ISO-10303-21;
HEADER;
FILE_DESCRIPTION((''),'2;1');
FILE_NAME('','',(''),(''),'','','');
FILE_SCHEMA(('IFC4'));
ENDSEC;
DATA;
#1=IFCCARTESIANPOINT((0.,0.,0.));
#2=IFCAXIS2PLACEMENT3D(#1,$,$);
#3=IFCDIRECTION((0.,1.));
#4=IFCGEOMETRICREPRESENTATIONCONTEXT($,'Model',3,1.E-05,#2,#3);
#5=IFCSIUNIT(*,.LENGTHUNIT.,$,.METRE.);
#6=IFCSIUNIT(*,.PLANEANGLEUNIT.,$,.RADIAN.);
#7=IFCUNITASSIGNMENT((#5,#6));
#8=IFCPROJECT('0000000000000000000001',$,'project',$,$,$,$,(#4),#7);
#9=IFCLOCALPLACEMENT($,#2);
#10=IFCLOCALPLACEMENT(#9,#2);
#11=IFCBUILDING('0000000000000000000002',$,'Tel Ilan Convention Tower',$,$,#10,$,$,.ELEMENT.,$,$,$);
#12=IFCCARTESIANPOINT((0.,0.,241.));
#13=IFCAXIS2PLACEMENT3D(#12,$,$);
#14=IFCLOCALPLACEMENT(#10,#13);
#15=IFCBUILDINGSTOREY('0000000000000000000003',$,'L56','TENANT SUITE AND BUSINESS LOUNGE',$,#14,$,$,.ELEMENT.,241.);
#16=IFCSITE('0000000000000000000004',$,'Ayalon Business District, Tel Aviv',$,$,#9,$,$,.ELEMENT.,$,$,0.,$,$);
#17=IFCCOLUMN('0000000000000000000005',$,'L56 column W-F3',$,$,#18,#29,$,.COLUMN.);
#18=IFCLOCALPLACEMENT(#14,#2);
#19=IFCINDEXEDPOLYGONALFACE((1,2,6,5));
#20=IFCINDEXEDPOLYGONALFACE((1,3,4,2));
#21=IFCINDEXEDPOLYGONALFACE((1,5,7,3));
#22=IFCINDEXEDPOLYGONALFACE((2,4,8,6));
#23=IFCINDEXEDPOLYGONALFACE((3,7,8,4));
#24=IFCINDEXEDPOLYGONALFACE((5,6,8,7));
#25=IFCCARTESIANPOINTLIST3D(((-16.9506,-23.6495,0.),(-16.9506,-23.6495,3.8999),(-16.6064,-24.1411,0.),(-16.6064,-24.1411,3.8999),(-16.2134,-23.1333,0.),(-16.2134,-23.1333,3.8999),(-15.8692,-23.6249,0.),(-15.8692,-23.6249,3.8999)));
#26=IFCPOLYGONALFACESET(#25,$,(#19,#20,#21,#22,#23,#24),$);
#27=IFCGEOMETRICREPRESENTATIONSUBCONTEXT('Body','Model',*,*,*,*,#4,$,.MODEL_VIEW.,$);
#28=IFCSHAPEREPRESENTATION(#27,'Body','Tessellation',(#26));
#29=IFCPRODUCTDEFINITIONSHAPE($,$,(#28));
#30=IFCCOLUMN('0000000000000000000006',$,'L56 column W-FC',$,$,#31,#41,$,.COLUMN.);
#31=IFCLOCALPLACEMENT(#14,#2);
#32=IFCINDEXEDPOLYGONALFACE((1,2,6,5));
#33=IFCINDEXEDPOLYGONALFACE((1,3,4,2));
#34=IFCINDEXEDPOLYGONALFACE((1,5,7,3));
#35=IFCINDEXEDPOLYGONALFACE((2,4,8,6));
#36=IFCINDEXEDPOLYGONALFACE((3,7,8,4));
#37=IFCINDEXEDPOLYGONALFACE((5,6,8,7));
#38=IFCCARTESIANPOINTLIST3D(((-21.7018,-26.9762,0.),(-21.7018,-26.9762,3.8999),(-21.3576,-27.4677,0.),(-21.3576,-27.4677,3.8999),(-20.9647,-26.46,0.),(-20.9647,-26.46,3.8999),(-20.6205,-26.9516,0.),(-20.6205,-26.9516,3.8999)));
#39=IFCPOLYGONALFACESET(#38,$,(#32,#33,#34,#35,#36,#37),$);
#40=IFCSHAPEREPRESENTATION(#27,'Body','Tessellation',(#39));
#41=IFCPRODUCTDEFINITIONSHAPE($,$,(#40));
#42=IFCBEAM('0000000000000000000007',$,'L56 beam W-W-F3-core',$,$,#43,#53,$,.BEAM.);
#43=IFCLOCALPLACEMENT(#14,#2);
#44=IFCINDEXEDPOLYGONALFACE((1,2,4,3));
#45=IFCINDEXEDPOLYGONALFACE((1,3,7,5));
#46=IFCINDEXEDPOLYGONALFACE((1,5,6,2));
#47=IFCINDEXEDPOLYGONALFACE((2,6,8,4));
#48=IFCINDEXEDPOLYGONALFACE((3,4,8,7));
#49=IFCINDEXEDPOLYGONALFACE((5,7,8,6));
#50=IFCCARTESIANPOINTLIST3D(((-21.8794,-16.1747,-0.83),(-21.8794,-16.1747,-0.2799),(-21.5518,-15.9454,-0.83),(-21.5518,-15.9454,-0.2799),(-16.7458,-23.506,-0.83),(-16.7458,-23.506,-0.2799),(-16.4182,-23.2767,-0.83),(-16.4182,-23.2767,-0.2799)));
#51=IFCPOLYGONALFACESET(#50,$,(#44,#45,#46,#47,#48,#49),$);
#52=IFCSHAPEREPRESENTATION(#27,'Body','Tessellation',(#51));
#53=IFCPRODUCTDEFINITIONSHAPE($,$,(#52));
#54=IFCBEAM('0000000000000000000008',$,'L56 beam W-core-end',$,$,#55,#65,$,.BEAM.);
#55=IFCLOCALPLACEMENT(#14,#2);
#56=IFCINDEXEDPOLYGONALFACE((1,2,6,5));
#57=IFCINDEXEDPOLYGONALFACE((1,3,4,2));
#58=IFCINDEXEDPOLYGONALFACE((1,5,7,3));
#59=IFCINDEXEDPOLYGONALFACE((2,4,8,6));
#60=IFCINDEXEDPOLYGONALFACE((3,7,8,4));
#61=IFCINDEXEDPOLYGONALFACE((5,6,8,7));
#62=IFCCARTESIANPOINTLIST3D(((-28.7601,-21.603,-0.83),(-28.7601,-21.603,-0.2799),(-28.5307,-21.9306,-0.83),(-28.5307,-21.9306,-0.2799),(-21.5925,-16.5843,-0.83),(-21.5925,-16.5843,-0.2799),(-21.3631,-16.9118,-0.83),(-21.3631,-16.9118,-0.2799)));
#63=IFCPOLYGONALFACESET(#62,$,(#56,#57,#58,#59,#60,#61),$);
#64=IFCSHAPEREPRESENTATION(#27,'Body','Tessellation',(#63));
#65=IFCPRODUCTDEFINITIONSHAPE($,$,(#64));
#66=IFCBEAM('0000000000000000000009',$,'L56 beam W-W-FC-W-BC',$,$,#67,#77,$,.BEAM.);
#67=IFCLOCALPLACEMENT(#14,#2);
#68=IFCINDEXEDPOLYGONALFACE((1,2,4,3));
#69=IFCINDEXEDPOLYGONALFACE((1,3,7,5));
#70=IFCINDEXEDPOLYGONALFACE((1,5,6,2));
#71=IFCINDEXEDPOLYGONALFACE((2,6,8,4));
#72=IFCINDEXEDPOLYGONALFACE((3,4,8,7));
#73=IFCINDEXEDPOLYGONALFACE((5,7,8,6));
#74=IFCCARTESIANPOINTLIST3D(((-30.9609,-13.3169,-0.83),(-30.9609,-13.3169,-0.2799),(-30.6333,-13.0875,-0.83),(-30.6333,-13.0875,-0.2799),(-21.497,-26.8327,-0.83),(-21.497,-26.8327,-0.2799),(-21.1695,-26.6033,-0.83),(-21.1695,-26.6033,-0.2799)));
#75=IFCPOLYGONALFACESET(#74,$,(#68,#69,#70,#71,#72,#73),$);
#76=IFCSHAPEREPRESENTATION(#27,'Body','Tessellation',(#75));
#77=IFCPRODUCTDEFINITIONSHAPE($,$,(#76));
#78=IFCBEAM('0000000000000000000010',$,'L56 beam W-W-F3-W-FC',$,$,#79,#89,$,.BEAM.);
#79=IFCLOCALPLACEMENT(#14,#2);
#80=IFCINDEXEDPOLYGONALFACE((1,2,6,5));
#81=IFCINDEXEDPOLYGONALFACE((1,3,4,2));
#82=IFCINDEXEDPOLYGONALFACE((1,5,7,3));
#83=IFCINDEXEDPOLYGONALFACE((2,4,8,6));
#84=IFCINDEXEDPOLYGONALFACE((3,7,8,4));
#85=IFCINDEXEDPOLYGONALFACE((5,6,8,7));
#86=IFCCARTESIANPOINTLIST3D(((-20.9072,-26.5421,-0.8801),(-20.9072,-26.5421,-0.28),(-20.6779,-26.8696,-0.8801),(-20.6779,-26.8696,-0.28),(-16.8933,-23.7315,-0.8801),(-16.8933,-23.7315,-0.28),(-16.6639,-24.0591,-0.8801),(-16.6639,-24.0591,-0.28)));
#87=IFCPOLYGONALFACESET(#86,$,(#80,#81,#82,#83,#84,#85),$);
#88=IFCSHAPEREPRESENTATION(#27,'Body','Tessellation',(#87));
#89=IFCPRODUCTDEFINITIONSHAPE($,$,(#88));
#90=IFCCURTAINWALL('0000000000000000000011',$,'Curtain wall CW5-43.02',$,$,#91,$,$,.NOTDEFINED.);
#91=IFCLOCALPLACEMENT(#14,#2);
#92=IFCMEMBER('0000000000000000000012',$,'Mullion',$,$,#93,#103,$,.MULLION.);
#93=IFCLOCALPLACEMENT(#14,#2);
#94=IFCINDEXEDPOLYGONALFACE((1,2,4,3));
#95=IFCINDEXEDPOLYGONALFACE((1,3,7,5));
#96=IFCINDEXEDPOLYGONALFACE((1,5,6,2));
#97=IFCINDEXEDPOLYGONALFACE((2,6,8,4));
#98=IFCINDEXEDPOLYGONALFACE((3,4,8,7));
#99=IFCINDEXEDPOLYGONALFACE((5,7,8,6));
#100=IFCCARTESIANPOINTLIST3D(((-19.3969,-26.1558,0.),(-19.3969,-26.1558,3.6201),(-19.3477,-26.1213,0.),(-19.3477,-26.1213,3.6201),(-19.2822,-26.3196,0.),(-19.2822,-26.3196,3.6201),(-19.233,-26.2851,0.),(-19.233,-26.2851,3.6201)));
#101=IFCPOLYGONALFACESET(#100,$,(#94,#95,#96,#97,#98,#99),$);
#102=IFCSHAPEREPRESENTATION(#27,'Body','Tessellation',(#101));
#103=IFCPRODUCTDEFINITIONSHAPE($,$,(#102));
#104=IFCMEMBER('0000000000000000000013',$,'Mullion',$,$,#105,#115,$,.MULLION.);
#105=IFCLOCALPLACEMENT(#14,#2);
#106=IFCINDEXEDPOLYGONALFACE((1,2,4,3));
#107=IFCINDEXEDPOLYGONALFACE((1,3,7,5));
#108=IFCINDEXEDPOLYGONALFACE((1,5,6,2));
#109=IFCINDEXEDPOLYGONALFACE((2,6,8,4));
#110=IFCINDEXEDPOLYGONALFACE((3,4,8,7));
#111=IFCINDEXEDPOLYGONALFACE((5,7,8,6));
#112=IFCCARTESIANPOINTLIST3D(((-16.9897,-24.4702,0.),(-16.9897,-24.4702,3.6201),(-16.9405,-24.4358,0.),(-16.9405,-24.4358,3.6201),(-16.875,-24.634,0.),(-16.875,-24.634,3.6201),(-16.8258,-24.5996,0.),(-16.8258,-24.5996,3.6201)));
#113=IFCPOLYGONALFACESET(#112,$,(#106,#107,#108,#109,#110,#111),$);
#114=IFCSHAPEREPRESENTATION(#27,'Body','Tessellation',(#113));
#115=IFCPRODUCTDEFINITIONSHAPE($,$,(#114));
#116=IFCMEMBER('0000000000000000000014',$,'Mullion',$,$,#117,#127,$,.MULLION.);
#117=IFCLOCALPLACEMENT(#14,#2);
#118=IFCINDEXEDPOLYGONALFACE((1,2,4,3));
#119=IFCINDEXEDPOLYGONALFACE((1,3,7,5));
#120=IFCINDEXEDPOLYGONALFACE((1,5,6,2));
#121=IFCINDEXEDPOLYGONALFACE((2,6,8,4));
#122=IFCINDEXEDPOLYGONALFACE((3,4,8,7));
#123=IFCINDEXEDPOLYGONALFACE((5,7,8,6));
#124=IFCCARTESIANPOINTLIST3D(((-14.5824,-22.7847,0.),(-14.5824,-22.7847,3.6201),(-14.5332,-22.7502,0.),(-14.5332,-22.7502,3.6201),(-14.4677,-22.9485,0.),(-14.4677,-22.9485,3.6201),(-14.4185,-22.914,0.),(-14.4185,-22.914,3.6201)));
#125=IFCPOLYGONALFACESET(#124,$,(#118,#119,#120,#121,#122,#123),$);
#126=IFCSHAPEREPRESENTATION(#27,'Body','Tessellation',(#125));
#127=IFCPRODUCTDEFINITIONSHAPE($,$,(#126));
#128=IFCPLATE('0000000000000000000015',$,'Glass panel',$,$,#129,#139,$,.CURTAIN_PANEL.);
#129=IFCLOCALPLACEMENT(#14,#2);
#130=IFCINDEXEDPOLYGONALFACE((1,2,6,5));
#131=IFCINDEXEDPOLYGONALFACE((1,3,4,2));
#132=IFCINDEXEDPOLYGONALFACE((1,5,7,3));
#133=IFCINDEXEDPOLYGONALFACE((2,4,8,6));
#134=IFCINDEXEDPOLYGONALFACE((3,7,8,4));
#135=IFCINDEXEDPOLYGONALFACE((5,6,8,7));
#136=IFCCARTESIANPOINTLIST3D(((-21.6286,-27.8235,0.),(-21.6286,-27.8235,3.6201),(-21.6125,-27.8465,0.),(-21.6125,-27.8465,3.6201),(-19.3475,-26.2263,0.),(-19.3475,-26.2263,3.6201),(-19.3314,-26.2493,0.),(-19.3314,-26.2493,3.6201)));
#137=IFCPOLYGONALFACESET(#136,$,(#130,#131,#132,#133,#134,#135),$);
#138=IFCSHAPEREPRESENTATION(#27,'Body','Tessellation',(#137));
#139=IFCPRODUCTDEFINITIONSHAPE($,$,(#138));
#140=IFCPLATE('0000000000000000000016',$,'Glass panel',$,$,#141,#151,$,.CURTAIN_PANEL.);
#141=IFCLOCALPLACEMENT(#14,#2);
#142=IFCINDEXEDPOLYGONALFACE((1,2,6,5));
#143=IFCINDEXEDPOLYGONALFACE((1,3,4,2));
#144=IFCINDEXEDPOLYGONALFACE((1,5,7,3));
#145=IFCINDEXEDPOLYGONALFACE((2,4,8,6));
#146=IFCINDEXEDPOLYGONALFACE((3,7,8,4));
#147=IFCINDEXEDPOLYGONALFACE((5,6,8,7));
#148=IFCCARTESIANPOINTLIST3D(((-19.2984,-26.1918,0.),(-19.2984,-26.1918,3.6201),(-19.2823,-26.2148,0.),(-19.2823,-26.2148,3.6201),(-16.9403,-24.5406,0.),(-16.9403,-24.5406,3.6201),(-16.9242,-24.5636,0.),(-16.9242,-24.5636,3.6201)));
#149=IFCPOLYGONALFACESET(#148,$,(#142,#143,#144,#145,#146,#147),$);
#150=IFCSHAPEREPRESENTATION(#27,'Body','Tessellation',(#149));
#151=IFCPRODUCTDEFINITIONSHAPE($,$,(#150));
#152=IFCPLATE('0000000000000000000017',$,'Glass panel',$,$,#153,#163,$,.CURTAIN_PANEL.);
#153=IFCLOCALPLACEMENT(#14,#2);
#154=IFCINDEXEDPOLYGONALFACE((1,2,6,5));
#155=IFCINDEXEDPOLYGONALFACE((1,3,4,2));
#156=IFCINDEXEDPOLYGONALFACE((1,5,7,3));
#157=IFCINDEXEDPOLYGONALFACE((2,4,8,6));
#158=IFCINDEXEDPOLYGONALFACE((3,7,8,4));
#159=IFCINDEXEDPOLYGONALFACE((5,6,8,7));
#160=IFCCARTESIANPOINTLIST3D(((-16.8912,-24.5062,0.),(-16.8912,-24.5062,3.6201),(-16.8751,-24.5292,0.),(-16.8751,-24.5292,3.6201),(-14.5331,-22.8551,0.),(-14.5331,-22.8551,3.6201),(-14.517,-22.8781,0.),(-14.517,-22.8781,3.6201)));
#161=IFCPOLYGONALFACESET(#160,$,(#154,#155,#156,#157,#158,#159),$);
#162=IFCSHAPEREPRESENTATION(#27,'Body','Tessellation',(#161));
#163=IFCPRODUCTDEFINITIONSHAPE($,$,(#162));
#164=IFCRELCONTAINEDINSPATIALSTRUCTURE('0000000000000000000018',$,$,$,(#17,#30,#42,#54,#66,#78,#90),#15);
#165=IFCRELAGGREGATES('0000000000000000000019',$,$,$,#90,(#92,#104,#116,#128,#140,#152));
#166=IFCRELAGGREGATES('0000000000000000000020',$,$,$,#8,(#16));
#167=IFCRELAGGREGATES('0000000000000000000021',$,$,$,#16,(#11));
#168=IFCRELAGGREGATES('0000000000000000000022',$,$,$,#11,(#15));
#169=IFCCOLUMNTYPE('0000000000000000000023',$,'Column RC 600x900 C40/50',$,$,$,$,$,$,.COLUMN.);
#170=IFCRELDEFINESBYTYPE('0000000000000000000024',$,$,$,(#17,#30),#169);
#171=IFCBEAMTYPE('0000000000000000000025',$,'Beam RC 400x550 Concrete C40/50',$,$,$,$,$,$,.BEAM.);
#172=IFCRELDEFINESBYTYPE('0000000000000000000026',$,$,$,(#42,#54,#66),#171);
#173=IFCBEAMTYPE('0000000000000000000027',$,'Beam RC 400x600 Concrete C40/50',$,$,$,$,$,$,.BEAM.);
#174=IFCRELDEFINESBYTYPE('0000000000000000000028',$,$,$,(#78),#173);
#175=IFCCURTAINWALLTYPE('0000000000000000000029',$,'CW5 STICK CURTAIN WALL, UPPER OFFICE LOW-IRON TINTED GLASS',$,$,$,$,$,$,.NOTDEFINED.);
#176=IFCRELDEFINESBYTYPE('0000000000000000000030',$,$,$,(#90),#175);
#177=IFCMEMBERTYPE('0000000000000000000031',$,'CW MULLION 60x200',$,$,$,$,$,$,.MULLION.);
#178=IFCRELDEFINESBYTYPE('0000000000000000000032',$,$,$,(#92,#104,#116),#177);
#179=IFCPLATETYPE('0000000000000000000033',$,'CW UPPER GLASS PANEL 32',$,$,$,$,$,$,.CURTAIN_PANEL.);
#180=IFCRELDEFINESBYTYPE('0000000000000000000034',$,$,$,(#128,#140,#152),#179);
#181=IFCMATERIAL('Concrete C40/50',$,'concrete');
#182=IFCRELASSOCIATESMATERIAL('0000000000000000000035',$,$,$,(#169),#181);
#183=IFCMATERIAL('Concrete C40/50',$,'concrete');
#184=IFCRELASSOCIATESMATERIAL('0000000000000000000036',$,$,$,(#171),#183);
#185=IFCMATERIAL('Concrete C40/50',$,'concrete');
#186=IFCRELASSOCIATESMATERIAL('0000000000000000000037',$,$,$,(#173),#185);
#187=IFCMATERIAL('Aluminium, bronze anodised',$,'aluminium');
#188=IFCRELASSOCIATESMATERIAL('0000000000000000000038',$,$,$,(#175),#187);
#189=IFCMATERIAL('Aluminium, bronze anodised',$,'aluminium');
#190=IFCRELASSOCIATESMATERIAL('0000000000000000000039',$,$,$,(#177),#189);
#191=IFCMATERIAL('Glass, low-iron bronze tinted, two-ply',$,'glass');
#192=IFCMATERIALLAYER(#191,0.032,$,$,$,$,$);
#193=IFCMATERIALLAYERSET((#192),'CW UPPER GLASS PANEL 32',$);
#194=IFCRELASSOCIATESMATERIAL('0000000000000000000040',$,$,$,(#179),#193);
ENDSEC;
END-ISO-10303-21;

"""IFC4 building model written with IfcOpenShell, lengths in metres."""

from ifc_helpers import new_model, si_unit, direction, frame, origin, origin_2d, place, context, subcontext, project, spatial, rectangle, extrude, material, layer, layer_set, material_profile, profile_set, type_object, element, aggregate, save


model = new_model("IFC4")

# Units and contexts
model_context = context("Model", 3, precision=1e-05, world=origin(), true_north=direction((0.0, 1.0)))
body_context = subcontext(model_context, "Body", "Model", "MODEL_VIEW")
ifc_project = project(units=[si_unit("LENGTHUNIT", "METRE"), si_unit("PLANEANGLEUNIT", "RADIAN")], contexts=[model_context])

# Site, building, storey
site_placement = place(None, origin())
site = spatial("IfcSite", under=ifc_project, at=site_placement, Name="Ayalon Business District, Tel Aviv", CompositionType="ELEMENT", RefElevation=0.0)
building_placement = place(site_placement, origin())
building = spatial("IfcBuilding", under=site, at=building_placement, Name="Tel Ilan Convention Tower", CompositionType="ELEMENT")
storey_placement = place(building_placement, frame((0.0, 0.0, 241.0)))
storey = spatial("IfcBuildingStorey", under=building, at=storey_placement, Name="L56", Description="TENANT SUITE AND BUSINESS LOUNGE", CompositionType="ELEMENT", Elevation=241.0)

# Columns
ifc_material_1 = material(Name="Concrete C40/50", Category="concrete")
ifc_material_profile_1 = material_profile(ifc_material_1, rectangle(XDim=0.8999, YDim=0.6001, at=origin_2d()), Name="RC 600x900")
ifc_profile_set_1 = profile_set([ifc_material_profile_1], Name="Concrete C40/50")
column_type = type_object("IfcColumnType", Name="Column RC 600x900 C40/50", PredefinedType="COLUMN", material=ifc_profile_set_1)
for number, where, z_axis, x_axis, name in (
    (1, (-16.4099, -23.6372, 0.0), (0.0, 0.0, 1.0), (-0.819152, -0.573576, 0.0), "L56 column W-F3"),
    (2, (-21.1611, -26.9639, 0.0), (0.0, 0.0, 1.0), (-0.819152, -0.573576, 0.0), "L56 column W-FC"),
):
    element("IfcColumn", number, at=place(storey_placement, frame(where, z_axis=z_axis, x_axis=x_axis)), inside=storey, type_object=column_type, Name=name, PredefinedType="COLUMN", context=body_context, shape_type="SweptSolid", body=[
        extrude(rectangle(XDim=0.8999, YDim=0.6001, at=origin_2d()), origin(), (0.0, 0.0, 1.0), 3.8999),
    ])

# Beams
ifc_material_2 = material(Name="Concrete C40/50", Category="concrete")
ifc_material_profile_2 = material_profile(ifc_material_2, rectangle(XDim=0.3999, YDim=0.55, at=origin_2d()), Name="RC 400x550")
ifc_profile_set_2 = profile_set([ifc_material_profile_2], Name="Concrete C40/50")
beam_type_1 = type_object("IfcBeamType", Name="Beam RC 400x550 Concrete C40/50", PredefinedType="BEAM", material=ifc_profile_set_2)
beam_1_placement = place(storey_placement, frame((-16.582, -23.3914, -0.5549), z_axis=(-0.573585, 0.819146, 0.0), x_axis=(-0.819146, -0.573585, 0.0)))
element("IfcBeam", 3, at=beam_1_placement, inside=storey, type_object=beam_type_1, Name="L56 beam W-W-F3-core", PredefinedType="BEAM", context=body_context, shape_type="SweptSolid", body=[
    extrude(rectangle(XDim=0.3999, YDim=0.55, at=origin_2d()), origin(), (0.0, 0.0, 1.0), 8.95),
])
beam_2_placement = place(storey_placement, frame((-21.4778, -16.748, -0.5549), z_axis=(-0.819157, -0.573569, 0.0), x_axis=(0.573569, -0.819157, 0.0)))
element("IfcBeam", 4, at=beam_2_placement, inside=storey, type_object=beam_type_1, Name="L56 beam W-core-end", PredefinedType="BEAM", context=body_context, shape_type="SweptSolid", body=[
    extrude(rectangle(XDim=0.3999, YDim=0.55, at=origin_2d()), origin(), (0.0, 0.0, 1.0), 8.75),
])
beam_3_placement = place(storey_placement, frame((-21.3333, -26.718, -0.5549), z_axis=(-0.573575, 0.819153, 0.0), x_axis=(-0.819153, -0.573575, 0.0)))
element("IfcBeam", 5, at=beam_3_placement, inside=storey, type_object=beam_type_1, Name="L56 beam W-W-FC-W-BC", PredefinedType="BEAM", context=body_context, shape_type="SweptSolid", body=[
    extrude(rectangle(XDim=0.3999, YDim=0.55, at=origin_2d()), origin(), (0.0, 0.0, 1.0), 16.4998),
])
ifc_material_3 = material(Name="Concrete C40/50", Category="concrete")
ifc_material_profile_3 = material_profile(ifc_material_3, rectangle(XDim=0.3999, YDim=0.6001, at=origin_2d()), Name="RC 400x600")
ifc_profile_set_3 = profile_set([ifc_material_profile_3], Name="Concrete C40/50")
beam_type_2 = type_object("IfcBeamType", Name="Beam RC 400x600 Concrete C40/50", PredefinedType="BEAM", material=ifc_profile_set_3)
beam_4_placement = place(storey_placement, frame((-16.7786, -23.8953, -0.5801), z_axis=(-0.819155, -0.573573, 0.0), x_axis=(0.573573, -0.819155, 0.0)))
element("IfcBeam", 6, at=beam_4_placement, inside=storey, type_object=beam_type_2, Name="L56 beam W-W-F3-W-FC", PredefinedType="BEAM", context=body_context, shape_type="SweptSolid", body=[
    extrude(rectangle(XDim=0.3999, YDim=0.6001, at=origin_2d()), origin(), (0.0, 0.0, 1.0), 4.9001),
])

# Curtain wall, members, plates
ifc_material_4 = material(Name="Aluminium, bronze anodised", Category="aluminium")
curtain_wall_type = type_object("IfcCurtainWallType", Name="CW5 STICK CURTAIN WALL, UPPER OFFICE LOW-IRON TINTED GLASS", PredefinedType="NOTDEFINED", material=ifc_material_4)
curtain_wall_placement = place(storey_placement, origin())
curtain_wall = element("IfcCurtainWall", 7, at=curtain_wall_placement, inside=storey, type_object=curtain_wall_type, Name="Curtain wall CW5-43.02", PredefinedType="NOTDEFINED")
ifc_material_5 = material(Name="Aluminium, bronze anodised", Category="aluminium")
ifc_material_profile_4 = material_profile(ifc_material_5, rectangle(XDim=0.0601, YDim=0.2, at=origin_2d()), Name="CW MULLION 60x200")
ifc_profile_set_4 = profile_set([ifc_material_profile_4], Name="Aluminium, bronze anodised")
member_type = type_object("IfcMemberType", Name="CW MULLION 60x200", PredefinedType="MULLION", material=ifc_profile_set_4)
member_1_placement = place(storey_placement, frame((-19.3149, -26.2205, 0.0), z_axis=(0.0, 0.0, 1.0), x_axis=(0.819152, 0.573576, 0.0)))
member_1 = element("IfcMember", 8, at=member_1_placement, type_object=member_type, Name="Mullion", PredefinedType="MULLION", context=body_context, shape_type="SweptSolid", body=[
    extrude(rectangle(XDim=0.0601, YDim=0.2, at=origin_2d()), origin(), (0.0, 0.0, 1.0), 3.6201),
])
member_2_placement = place(storey_placement, frame((-16.9077, -24.5349, 0.0), z_axis=(0.0, 0.0, 1.0), x_axis=(0.819152, 0.573576, 0.0)))
member_2 = element("IfcMember", 9, at=member_2_placement, type_object=member_type, Name="Mullion", PredefinedType="MULLION", context=body_context, shape_type="SweptSolid", body=[
    extrude(rectangle(XDim=0.0601, YDim=0.2, at=origin_2d()), origin(), (0.0, 0.0, 1.0), 3.6201),
])
member_3_placement = place(storey_placement, frame((-14.5005, -22.8494, 0.0), z_axis=(0.0, 0.0, 1.0), x_axis=(0.819152, 0.573576, 0.0)))
member_3 = element("IfcMember", 10, at=member_3_placement, type_object=member_type, Name="Mullion", PredefinedType="MULLION", context=body_context, shape_type="SweptSolid", body=[
    extrude(rectangle(XDim=0.0601, YDim=0.2, at=origin_2d()), origin(), (0.0, 0.0, 1.0), 3.6201),
])
ifc_material_6 = material(Name="Glass, low-iron bronze tinted, two-ply", Category="glass")
ifc_layer_1 = layer(ifc_material_6, 0.032)
ifc_layer_set_1 = layer_set([ifc_layer_1], Name="CW UPPER GLASS PANEL 32")
plate_type = type_object("IfcPlateType", Name="CW UPPER GLASS PANEL 32", PredefinedType="CURTAIN_PANEL", material=ifc_layer_set_1)
plate_1_placement = place(storey_placement, frame((-20.48, -27.0364, 0.0), z_axis=(0.0, 0.0, 1.0), x_axis=(0.819152, 0.573576, 0.0)))
plate_1 = element("IfcPlate", 11, at=plate_1_placement, type_object=plate_type, Name="Glass panel", PredefinedType="CURTAIN_PANEL", context=body_context, shape_type="SweptSolid", body=[
    extrude(rectangle(XDim=2.7847, YDim=0.0281, at=origin_2d()), origin(), (0.0, 0.0, 1.0), 3.6201),
])
plate_2_placement = place(storey_placement, frame((-18.1113, -25.3777, 0.0), z_axis=(0.0, 0.0, 1.0), x_axis=(0.819152, 0.573576, 0.0)))
plate_2 = element("IfcPlate", 12, at=plate_2_placement, type_object=plate_type, Name="Glass panel", PredefinedType="CURTAIN_PANEL", context=body_context, shape_type="SweptSolid", body=[
    extrude(rectangle(XDim=2.8787, YDim=0.0281, at=origin_2d()), origin(), (0.0, 0.0, 1.0), 3.6201),
])
plate_3_placement = place(storey_placement, frame((-15.7041, -23.6921, 0.0), z_axis=(0.0, 0.0, 1.0), x_axis=(0.819152, 0.573576, 0.0)))
plate_3 = element("IfcPlate", 13, at=plate_3_placement, type_object=plate_type, Name="Glass panel", PredefinedType="CURTAIN_PANEL", context=body_context, shape_type="SweptSolid", body=[
    extrude(rectangle(XDim=2.8787, YDim=0.0281, at=origin_2d()), origin(), (0.0, 0.0, 1.0), 3.6201),
])
aggregate(curtain_wall, [member_1, member_2, member_3, plate_1, plate_2, plate_3])

save(model, "model.ifc")
